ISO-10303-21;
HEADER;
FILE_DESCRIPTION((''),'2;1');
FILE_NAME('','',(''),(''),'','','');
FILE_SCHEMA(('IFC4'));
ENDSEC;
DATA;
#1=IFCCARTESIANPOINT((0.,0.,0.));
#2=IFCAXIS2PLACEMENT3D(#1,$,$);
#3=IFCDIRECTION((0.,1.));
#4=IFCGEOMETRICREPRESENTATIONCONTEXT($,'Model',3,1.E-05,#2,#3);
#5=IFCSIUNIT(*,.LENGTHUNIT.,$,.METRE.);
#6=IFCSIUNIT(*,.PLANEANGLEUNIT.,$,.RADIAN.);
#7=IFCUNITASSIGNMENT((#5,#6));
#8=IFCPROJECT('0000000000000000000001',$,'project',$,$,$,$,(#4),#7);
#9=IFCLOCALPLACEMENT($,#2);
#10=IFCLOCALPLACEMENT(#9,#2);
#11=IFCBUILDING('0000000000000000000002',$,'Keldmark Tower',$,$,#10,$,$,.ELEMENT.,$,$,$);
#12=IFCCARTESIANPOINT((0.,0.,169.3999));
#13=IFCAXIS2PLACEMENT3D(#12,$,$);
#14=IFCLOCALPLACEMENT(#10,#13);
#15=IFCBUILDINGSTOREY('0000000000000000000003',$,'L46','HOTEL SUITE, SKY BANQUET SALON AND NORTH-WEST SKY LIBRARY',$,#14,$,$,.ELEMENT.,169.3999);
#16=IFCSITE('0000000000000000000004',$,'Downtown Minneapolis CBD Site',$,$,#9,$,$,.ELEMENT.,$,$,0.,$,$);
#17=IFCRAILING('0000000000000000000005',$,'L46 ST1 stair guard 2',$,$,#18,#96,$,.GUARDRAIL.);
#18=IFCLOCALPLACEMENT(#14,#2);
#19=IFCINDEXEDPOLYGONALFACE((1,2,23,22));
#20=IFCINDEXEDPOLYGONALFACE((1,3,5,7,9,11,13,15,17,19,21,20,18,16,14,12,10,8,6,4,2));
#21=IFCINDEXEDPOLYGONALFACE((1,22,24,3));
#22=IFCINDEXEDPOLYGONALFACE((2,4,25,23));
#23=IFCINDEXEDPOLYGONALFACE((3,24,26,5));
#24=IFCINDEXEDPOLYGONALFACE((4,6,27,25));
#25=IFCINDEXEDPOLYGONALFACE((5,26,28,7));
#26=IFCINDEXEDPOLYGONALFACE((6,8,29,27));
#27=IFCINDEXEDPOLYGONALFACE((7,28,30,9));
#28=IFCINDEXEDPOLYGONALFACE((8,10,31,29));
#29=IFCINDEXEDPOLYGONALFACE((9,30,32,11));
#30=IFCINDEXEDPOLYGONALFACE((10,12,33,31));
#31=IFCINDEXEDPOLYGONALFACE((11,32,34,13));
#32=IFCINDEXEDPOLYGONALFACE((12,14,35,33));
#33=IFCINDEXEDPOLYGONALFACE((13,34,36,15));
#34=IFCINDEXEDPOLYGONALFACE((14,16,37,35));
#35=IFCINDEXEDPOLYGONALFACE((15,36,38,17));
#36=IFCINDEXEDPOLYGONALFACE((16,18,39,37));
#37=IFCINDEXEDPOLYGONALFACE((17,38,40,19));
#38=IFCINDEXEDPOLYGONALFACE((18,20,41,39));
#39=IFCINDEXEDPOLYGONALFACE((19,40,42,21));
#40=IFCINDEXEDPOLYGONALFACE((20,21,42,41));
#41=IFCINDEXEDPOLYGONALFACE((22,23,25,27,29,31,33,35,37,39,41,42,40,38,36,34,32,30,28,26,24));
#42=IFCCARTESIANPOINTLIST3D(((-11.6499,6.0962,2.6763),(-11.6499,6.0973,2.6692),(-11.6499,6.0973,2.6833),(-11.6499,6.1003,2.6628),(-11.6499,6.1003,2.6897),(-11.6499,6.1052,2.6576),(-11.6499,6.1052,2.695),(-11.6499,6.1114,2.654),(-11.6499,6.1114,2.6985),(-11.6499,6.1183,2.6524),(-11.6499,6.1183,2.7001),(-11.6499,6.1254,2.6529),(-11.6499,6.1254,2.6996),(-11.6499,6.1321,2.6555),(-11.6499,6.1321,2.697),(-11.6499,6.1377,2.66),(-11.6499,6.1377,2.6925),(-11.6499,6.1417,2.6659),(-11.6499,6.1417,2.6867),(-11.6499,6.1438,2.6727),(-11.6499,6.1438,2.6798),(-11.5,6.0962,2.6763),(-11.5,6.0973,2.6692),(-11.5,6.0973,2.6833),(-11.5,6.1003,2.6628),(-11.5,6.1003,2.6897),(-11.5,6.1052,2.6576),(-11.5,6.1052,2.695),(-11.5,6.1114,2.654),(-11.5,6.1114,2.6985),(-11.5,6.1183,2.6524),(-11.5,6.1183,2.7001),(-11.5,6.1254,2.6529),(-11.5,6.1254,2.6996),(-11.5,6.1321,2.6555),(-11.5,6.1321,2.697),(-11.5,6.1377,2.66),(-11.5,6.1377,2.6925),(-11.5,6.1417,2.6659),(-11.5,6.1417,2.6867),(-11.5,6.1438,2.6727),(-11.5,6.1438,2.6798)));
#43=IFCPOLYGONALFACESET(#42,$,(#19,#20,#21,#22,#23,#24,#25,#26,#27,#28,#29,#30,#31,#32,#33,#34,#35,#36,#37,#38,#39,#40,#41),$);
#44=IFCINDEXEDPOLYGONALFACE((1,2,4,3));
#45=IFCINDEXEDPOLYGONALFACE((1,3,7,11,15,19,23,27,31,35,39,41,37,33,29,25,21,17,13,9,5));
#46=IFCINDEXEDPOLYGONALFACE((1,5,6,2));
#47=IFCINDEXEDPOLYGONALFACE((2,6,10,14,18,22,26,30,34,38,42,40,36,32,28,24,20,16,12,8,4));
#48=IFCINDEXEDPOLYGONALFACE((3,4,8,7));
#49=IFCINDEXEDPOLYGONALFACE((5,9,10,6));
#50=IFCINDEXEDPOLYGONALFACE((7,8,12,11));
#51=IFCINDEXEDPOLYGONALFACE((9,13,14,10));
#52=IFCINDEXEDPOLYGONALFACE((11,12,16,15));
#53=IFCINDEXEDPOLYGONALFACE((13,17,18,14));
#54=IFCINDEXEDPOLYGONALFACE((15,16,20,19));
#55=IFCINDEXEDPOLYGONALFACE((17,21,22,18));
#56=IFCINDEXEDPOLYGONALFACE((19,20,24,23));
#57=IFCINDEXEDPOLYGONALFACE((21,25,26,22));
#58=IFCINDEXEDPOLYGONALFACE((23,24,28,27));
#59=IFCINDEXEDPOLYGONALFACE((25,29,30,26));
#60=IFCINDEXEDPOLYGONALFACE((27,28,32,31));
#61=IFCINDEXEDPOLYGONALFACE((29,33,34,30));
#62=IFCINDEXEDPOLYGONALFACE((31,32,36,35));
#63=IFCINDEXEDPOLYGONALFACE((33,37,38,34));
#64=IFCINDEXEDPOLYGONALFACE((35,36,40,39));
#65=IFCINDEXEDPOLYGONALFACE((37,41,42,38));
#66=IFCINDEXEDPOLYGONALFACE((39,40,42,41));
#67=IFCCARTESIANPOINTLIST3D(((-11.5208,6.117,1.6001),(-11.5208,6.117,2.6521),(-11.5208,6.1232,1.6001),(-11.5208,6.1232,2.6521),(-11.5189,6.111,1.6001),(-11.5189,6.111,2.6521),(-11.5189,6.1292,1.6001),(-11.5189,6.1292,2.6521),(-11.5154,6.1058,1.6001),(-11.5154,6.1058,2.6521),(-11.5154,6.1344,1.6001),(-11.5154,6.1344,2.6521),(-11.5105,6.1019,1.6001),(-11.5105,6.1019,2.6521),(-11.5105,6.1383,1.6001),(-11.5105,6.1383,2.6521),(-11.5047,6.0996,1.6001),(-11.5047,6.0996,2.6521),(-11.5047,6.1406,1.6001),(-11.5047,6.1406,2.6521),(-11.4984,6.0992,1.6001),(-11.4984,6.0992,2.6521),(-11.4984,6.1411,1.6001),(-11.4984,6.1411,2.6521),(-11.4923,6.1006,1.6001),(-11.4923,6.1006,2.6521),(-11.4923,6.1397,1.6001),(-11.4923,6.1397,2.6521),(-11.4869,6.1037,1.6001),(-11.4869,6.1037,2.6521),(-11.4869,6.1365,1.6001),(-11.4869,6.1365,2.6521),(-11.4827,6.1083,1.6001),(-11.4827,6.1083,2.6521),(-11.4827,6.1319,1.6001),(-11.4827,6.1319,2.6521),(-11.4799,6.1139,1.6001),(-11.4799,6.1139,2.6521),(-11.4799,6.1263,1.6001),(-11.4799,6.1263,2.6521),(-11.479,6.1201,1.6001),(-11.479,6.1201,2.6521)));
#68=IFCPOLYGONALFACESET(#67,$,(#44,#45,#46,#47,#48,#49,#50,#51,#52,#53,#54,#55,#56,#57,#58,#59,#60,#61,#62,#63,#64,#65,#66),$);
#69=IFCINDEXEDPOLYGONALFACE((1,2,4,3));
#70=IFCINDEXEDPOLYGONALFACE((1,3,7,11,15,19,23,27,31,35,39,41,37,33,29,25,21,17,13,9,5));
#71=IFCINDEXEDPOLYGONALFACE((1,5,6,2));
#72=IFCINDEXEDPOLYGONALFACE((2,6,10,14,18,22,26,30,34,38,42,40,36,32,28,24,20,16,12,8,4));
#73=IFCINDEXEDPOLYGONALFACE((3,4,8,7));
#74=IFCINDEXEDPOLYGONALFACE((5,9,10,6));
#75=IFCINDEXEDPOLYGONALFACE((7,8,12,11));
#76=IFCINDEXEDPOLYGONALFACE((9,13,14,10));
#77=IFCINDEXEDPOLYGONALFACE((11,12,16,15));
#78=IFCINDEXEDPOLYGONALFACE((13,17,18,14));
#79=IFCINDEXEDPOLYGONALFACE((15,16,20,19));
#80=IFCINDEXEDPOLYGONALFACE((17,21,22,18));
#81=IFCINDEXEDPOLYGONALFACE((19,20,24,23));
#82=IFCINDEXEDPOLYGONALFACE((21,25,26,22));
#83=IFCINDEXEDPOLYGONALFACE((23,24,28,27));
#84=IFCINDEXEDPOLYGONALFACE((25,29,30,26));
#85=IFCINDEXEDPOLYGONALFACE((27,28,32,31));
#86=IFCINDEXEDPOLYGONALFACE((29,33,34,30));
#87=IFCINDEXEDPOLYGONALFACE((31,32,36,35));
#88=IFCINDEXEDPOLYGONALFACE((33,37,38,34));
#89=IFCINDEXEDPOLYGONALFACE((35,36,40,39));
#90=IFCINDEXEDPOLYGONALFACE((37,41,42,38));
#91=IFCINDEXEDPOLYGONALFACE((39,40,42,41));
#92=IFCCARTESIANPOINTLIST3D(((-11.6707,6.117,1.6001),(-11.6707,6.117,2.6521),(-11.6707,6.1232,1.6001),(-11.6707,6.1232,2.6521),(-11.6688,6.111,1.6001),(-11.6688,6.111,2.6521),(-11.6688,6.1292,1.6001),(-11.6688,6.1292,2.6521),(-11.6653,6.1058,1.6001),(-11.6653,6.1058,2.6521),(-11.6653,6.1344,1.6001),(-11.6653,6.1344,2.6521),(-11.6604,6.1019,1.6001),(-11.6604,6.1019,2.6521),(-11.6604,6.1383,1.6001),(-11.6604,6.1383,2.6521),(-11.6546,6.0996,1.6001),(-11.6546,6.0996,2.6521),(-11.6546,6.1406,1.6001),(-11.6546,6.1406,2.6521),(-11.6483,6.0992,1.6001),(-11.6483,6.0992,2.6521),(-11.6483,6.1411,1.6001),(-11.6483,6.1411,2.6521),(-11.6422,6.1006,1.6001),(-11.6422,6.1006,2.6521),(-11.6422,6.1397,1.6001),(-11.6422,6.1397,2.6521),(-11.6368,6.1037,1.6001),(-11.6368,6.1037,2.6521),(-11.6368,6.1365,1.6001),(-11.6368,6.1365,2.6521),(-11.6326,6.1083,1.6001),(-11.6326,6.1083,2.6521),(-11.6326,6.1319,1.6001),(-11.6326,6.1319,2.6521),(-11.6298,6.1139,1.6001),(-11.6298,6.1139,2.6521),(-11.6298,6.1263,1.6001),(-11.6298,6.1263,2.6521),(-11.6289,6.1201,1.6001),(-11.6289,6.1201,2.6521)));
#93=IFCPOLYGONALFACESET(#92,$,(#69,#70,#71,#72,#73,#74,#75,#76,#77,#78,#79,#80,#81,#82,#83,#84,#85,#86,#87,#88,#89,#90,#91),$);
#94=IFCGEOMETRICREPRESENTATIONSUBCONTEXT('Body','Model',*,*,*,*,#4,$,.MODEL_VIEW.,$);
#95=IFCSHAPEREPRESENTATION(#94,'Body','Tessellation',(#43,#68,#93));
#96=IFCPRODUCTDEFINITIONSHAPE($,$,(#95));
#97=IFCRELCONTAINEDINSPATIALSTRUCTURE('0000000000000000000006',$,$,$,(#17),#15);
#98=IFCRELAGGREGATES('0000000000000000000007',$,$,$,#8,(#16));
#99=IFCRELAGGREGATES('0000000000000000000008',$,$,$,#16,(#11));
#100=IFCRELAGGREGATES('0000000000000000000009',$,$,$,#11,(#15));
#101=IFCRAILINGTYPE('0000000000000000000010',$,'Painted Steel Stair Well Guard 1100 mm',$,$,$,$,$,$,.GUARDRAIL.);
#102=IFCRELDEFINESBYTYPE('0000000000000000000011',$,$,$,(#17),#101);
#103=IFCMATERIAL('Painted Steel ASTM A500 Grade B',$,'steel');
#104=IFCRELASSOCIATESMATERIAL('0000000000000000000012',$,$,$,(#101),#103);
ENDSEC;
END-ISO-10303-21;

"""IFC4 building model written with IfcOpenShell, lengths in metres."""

from ifc_helpers import new_model, si_unit, direction, frame, origin, origin_2d, place, context, subcontext, project, spatial, circle, extrude, material, type_object, element, save


model = new_model("IFC4")

# Units and contexts
model_context = context("Model", 3, precision=1e-05, world=origin(), true_north=direction((0.0, 1.0)))
body_context = subcontext(model_context, "Body", "Model", "MODEL_VIEW")
ifc_project = project(units=[si_unit("LENGTHUNIT", "METRE"), si_unit("PLANEANGLEUNIT", "RADIAN")], contexts=[model_context])

# Site, building, storey
site_placement = place(None, origin())
site = spatial("IfcSite", under=ifc_project, at=site_placement, Name="Downtown Minneapolis CBD Site", CompositionType="ELEMENT", RefElevation=0.0)
building_placement = place(site_placement, origin())
building = spatial("IfcBuilding", under=site, at=building_placement, Name="Keldmark Tower", CompositionType="ELEMENT")
storey_placement = place(building_placement, frame((0.0, 0.0, 169.3999)))
storey = spatial("IfcBuildingStorey", under=building, at=storey_placement, Name="L46", Description="HOTEL SUITE, SKY BANQUET SALON AND NORTH-WEST SKY LIBRARY", CompositionType="ELEMENT", Elevation=169.3999)

# Railing
ifc_material_1 = material(Name="Painted Steel ASTM A500 Grade B", Category="steel")
railing_type_1 = type_object("IfcRailingType", Name="Painted Steel Stair Well Guard 1100 mm", PredefinedType="GUARDRAIL", material=ifc_material_1)
railing_1_placement = place(storey_placement, frame((-11.5, 6.1201, 1.6001)))
element("IfcRailing", 1, at=railing_1_placement, inside=storey, type_object=railing_type_1, Name="L46 ST1 stair guard 2", PredefinedType="GUARDRAIL", context=body_context, shape_type="SweptSolid", body=[
    extrude(circle(Radius=0.0239, at=origin_2d()), frame((0.0, 0.0, 1.0762), z_axis=(-1.0, 0.0, 0.0), x_axis=(0.0, -1.0, 0.0)), (0.0, 0.0, 1.0), 0.1499),
    extrude(circle(Radius=0.021, at=origin_2d()), origin(), (0.0, 0.0, 1.0), 1.052),
    extrude(circle(Radius=0.021, at=origin_2d()), frame((-0.1499, 0.0, 0.0)), (0.0, 0.0, 1.0), 1.052),
])

save(model, "model.ifc")
